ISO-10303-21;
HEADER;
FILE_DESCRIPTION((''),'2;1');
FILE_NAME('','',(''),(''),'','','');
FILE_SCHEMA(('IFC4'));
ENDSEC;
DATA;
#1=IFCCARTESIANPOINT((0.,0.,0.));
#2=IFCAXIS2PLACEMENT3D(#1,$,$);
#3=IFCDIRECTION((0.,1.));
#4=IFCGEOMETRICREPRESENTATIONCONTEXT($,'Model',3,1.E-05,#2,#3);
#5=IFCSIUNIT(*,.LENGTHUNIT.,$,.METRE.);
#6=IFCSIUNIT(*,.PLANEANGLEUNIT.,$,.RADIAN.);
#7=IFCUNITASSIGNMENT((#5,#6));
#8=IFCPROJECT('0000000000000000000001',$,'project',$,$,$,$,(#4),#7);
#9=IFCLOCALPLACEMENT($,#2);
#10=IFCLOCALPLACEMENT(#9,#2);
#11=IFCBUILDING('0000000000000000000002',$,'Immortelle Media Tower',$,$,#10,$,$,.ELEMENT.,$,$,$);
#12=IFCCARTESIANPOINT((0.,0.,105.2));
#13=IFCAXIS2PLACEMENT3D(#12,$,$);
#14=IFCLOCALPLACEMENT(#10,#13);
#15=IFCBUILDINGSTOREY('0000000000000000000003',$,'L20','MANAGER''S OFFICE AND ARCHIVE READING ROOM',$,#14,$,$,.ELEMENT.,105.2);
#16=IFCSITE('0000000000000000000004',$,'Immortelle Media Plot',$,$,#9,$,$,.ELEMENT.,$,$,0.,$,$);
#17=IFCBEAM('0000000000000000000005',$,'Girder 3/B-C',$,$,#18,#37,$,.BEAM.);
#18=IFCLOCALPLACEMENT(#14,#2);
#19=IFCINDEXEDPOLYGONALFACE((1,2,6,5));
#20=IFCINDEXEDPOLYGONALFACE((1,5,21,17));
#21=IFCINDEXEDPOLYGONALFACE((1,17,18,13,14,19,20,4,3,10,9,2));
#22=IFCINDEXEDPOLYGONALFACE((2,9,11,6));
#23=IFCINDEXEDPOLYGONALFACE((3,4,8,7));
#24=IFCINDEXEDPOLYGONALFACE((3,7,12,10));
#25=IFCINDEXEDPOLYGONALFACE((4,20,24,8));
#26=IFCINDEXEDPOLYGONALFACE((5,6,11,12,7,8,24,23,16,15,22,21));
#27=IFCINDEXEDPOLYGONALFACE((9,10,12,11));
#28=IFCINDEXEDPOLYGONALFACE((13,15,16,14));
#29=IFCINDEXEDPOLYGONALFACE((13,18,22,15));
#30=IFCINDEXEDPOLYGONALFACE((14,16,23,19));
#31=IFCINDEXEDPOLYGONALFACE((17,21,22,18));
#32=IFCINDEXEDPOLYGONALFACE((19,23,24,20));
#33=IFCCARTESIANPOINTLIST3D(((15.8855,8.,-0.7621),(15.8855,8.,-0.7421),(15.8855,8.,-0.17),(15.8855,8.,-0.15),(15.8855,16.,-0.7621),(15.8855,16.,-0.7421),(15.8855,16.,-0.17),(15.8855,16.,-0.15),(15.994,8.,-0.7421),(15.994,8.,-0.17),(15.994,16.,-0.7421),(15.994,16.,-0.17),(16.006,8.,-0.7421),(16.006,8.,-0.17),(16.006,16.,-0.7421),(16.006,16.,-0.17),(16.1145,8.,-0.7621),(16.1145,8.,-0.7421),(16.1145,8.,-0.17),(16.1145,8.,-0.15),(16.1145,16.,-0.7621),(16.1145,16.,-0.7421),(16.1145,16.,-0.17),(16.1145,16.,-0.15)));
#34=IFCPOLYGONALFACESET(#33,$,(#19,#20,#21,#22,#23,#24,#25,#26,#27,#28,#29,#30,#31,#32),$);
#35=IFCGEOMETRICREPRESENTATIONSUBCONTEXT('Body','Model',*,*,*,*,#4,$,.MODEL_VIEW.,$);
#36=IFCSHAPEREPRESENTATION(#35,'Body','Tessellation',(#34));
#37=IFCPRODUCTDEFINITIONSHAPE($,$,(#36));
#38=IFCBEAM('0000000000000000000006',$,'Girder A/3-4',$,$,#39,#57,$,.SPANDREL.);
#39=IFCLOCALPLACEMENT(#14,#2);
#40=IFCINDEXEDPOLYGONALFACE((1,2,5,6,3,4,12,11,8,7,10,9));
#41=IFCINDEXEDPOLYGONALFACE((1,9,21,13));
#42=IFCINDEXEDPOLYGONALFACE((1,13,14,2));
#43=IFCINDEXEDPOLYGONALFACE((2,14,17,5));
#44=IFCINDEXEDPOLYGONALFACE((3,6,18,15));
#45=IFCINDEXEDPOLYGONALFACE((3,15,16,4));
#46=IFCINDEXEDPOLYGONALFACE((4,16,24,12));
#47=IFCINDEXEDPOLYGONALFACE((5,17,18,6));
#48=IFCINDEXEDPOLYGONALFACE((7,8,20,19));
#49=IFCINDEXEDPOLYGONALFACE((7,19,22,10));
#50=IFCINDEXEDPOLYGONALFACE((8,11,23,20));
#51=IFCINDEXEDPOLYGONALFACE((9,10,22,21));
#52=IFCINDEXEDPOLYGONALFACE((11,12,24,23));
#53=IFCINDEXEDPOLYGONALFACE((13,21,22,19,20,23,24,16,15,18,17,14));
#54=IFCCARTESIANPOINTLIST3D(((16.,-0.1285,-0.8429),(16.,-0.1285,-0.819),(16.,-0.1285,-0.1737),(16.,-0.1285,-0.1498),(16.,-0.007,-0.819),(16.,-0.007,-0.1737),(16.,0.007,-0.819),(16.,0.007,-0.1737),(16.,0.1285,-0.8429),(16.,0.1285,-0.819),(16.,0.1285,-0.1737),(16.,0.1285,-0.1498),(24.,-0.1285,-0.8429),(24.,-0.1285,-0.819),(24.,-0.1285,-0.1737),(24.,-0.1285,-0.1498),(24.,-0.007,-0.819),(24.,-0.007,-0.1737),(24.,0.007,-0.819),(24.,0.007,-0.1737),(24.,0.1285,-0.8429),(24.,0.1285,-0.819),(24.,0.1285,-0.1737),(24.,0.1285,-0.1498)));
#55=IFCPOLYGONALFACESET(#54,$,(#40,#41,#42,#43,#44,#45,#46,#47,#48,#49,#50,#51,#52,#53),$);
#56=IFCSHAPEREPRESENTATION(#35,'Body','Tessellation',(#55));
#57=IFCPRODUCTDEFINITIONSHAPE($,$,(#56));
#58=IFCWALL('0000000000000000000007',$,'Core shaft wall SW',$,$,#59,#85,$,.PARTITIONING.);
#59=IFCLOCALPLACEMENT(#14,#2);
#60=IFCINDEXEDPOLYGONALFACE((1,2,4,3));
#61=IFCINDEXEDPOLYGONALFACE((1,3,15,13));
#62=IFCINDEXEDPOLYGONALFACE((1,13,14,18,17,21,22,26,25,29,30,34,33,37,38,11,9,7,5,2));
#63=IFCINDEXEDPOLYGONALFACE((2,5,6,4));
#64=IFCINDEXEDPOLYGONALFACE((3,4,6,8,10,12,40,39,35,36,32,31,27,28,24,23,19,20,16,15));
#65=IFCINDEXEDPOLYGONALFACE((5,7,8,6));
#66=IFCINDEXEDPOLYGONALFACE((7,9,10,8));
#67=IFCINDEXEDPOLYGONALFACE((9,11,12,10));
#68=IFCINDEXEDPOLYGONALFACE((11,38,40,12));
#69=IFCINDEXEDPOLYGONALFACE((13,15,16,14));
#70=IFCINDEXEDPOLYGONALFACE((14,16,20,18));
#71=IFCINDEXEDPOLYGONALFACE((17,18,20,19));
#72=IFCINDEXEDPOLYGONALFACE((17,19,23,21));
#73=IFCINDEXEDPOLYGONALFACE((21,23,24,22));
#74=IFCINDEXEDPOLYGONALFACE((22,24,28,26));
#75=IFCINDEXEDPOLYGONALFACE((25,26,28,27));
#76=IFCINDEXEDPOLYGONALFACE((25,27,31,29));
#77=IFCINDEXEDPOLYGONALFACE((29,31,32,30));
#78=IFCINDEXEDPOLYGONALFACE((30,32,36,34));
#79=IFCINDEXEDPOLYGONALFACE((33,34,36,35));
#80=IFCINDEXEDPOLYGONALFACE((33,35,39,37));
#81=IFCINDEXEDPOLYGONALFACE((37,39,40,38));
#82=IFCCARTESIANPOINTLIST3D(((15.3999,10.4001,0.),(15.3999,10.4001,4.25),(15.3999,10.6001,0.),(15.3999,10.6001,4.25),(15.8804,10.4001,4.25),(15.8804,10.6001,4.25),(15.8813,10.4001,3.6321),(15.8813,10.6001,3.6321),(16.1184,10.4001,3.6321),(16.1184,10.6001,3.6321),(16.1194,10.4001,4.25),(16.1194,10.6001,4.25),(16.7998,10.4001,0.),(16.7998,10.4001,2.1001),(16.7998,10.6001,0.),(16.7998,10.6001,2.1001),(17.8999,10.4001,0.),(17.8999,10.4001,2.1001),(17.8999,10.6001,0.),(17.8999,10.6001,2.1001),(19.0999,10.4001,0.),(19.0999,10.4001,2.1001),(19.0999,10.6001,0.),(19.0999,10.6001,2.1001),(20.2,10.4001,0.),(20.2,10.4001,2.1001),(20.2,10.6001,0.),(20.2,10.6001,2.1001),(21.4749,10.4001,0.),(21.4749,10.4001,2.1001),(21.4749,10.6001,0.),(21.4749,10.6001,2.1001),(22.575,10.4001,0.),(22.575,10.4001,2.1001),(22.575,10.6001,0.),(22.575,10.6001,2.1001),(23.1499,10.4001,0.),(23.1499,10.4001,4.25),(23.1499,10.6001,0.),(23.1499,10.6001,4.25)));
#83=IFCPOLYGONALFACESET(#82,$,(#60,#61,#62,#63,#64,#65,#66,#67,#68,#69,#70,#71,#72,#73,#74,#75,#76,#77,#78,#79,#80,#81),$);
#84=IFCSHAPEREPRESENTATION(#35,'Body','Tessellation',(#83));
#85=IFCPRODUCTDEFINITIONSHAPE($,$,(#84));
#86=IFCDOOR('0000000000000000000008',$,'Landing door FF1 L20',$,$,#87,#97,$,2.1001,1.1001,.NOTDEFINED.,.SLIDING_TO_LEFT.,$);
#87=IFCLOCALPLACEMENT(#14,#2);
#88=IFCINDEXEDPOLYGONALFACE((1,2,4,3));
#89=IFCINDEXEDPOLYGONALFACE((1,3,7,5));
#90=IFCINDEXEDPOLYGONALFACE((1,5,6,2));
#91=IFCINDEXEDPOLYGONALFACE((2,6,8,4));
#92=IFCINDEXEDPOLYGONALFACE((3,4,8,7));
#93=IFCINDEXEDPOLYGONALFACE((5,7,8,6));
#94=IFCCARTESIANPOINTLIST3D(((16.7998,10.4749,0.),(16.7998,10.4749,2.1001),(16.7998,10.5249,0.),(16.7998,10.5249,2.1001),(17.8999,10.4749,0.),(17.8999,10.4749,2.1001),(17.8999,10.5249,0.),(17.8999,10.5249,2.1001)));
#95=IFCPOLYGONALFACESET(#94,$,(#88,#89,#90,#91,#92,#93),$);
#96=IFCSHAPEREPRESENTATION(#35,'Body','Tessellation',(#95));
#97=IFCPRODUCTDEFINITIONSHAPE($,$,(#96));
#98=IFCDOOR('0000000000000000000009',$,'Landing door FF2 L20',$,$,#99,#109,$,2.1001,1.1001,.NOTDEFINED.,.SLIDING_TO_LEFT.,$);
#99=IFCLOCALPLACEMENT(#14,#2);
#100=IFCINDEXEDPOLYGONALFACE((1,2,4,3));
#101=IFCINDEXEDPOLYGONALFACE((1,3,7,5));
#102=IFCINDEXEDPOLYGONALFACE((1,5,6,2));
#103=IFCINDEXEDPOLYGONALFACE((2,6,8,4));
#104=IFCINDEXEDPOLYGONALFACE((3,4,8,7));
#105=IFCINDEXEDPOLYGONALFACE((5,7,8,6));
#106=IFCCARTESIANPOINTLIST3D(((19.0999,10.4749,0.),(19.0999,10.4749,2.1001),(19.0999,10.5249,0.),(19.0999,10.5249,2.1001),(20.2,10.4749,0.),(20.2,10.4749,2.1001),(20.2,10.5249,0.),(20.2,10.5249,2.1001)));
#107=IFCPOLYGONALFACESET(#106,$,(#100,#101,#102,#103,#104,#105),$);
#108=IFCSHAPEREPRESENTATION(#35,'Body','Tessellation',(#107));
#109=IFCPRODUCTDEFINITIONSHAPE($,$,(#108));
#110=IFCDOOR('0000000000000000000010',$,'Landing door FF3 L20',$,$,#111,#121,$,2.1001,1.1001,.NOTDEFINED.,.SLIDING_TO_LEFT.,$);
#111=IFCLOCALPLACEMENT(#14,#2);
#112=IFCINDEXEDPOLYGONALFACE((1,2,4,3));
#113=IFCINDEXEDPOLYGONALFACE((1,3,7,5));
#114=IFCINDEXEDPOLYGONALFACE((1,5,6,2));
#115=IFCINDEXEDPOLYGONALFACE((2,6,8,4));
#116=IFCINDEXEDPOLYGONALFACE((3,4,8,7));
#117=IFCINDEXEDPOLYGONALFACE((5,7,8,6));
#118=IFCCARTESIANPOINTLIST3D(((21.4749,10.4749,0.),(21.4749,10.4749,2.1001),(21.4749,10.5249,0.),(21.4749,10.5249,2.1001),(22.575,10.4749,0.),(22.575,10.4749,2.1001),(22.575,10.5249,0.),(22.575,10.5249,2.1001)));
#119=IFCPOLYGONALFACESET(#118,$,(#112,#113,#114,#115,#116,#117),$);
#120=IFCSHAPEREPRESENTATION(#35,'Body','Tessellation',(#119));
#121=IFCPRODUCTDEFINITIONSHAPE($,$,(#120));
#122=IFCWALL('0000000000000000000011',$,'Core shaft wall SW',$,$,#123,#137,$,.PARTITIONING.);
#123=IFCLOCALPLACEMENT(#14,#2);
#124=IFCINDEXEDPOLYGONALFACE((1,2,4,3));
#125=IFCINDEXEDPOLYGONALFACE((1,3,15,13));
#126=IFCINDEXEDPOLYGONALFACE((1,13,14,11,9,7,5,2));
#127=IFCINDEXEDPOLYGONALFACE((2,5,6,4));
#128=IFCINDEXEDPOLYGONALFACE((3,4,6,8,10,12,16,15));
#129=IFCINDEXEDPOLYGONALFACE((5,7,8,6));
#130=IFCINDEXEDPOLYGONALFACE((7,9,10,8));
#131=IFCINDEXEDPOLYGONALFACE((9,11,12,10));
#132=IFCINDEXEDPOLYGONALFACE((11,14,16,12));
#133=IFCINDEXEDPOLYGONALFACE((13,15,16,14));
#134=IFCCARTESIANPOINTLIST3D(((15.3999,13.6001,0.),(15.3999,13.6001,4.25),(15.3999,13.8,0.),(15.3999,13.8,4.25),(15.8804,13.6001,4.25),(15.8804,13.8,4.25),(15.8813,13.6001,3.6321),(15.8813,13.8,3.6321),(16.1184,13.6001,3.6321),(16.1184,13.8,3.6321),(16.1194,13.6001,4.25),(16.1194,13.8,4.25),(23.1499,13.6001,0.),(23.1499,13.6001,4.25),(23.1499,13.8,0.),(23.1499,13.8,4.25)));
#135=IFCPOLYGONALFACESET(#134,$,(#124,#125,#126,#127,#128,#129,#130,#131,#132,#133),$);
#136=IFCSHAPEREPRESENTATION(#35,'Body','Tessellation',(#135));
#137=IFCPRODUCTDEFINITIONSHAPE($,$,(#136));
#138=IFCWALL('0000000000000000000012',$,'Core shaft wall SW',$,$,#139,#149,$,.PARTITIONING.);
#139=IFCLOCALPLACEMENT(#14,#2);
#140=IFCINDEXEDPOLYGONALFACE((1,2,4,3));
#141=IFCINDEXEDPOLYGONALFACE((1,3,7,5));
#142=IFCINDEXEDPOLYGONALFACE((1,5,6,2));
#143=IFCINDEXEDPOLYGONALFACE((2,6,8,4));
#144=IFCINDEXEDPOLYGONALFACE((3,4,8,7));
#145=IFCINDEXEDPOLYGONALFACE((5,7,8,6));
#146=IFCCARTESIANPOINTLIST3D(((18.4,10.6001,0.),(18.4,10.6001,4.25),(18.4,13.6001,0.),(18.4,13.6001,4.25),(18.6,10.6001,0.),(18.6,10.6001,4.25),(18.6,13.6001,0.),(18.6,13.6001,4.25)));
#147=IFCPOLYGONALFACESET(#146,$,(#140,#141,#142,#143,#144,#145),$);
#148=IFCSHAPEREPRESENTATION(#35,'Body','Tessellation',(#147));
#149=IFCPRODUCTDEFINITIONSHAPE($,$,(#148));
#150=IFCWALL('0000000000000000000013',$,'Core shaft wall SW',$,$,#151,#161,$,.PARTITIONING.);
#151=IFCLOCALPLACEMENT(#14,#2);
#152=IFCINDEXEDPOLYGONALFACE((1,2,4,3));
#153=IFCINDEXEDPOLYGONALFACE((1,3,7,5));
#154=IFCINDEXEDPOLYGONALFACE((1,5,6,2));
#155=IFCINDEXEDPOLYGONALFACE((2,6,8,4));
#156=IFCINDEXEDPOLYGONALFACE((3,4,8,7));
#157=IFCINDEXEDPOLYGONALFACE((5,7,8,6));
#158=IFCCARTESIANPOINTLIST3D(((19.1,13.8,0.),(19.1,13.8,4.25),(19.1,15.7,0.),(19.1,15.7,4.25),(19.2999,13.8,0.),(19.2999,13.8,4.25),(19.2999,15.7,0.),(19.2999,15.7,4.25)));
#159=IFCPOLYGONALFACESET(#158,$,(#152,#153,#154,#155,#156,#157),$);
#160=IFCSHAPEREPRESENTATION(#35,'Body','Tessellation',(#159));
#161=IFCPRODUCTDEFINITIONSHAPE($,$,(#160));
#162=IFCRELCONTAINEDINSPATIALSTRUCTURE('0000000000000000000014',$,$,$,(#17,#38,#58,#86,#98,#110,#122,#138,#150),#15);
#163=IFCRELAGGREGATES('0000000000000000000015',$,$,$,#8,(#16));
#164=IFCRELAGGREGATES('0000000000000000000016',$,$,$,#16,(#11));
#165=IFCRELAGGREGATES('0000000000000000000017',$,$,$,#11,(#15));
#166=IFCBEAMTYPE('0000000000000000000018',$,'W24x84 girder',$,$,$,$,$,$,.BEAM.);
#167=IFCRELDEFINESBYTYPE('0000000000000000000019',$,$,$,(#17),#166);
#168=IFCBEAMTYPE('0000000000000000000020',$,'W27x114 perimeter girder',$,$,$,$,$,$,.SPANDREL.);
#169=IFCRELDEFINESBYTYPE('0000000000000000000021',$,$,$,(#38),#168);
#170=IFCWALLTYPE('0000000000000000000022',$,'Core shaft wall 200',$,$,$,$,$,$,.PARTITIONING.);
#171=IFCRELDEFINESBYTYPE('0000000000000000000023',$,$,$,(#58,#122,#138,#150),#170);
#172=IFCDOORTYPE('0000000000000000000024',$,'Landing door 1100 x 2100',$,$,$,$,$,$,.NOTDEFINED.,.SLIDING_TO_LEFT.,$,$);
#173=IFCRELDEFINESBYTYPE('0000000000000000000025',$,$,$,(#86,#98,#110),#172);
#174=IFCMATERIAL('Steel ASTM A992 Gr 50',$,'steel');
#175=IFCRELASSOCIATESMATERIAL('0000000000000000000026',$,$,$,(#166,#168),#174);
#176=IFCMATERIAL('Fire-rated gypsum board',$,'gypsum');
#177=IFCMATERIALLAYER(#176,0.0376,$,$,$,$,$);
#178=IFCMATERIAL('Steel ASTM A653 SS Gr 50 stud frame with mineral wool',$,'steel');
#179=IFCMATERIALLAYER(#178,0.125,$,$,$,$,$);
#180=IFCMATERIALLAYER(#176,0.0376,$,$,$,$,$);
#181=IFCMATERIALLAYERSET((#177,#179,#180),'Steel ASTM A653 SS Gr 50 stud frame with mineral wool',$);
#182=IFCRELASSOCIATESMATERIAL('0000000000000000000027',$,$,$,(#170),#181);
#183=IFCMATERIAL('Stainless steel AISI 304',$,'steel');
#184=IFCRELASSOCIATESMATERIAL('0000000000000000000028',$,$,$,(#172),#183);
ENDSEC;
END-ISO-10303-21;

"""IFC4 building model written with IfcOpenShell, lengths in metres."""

from ifc_helpers import new_model, si_unit, direction, frame, frame_2d, origin, origin_2d, place, context, subcontext, project, spatial, polyline, rectangle, i_section, outline, extrude, material, layer, layer_set, material_profile, profile_set, type_object, element, fill, save


model = new_model("IFC4")

# Units and contexts
model_context = context("Model", 3, precision=1e-05, world=origin(), true_north=direction((0.0, 1.0)))
body_context = subcontext(model_context, "Body", "Model", "MODEL_VIEW")
ifc_project = project(units=[si_unit("LENGTHUNIT", "METRE"), si_unit("PLANEANGLEUNIT", "RADIAN")], contexts=[model_context])

# Site, building, storey
site_placement = place(None, origin())
site = spatial("IfcSite", under=ifc_project, at=site_placement, Name="Immortelle Media Plot", CompositionType="ELEMENT", RefElevation=0.0)
building_placement = place(site_placement, origin())
building = spatial("IfcBuilding", under=site, at=building_placement, Name="Immortelle Media Tower", CompositionType="ELEMENT")
storey_placement = place(building_placement, frame((0.0, 0.0, 105.2)))
storey = spatial("IfcBuildingStorey", under=building, at=storey_placement, Name="L20", Description="MANAGER'S OFFICE AND ARCHIVE READING ROOM", CompositionType="ELEMENT", Elevation=105.2)

# Shared definitions
ifc_material_1 = material(Name="Steel ASTM A992 Gr 50", Category="steel")

# Beams
ifc_material_profile_1 = material_profile(ifc_material_1, i_section(OverallWidth=0.229, OverallDepth=0.6121, WebThickness=0.012, FlangeThickness=0.02, at=origin_2d()), Name="W24x84")
ifc_profile_set_1 = profile_set([ifc_material_profile_1], Name="Steel ASTM A992 Gr 50")
beam_type_1 = type_object("IfcBeamType", Name="W24x84 girder", PredefinedType="BEAM", material=ifc_profile_set_1)
for number, where, z_axis, x_axis, name in (
    (1, (16.0, 8.0, -0.4561), (0.0, 1.0, 0.0), (-1.0, 0.0, 0.0), "Girder 3/B-C"),
):
    element("IfcBeam", number, at=place(storey_placement, frame(where, z_axis=z_axis, x_axis=x_axis)), inside=storey, type_object=beam_type_1, Name=name, PredefinedType="BEAM", context=body_context, shape_type="SweptSolid", body=[
        extrude(i_section(OverallWidth=0.229, OverallDepth=0.6121, WebThickness=0.012, FlangeThickness=0.02, at=origin_2d()), origin(), (0.0, 0.0, 1.0), 8.0),
    ])
ifc_material_profile_2 = material_profile(ifc_material_1, i_section(OverallWidth=0.2571, OverallDepth=0.6931, WebThickness=0.0139, FlangeThickness=0.0239, at=origin_2d()), Name="W27x114")
ifc_profile_set_2 = profile_set([ifc_material_profile_2], Name="Steel ASTM A992 Gr 50")
beam_type_2 = type_object("IfcBeamType", Name="W27x114 perimeter girder", PredefinedType="SPANDREL", material=ifc_profile_set_2)
beam_1_placement = place(storey_placement, frame((16.0, 0.0, -0.4963), z_axis=(1.0, 0.0, 0.0), x_axis=(0.0, 1.0, 0.0)))
element("IfcBeam", 2, at=beam_1_placement, inside=storey, type_object=beam_type_2, Name="Girder A/3-4", PredefinedType="SPANDREL", context=body_context, shape_type="SweptSolid", body=[
    extrude(i_section(OverallWidth=0.2571, OverallDepth=0.6931, WebThickness=0.0139, FlangeThickness=0.0239, at=origin_2d()), origin(), (0.0, 0.0, 1.0), 8.0),
])

# Wall, openings, doors
ifc_material_2 = material(Name="Fire-rated gypsum board", Category="gypsum")
ifc_layer_1 = layer(ifc_material_2, 0.0376)
ifc_material_3 = material(Name="Steel ASTM A653 SS Gr 50 stud frame with mineral wool", Category="steel")
ifc_layer_2 = layer(ifc_material_3, 0.125)
ifc_layer_3 = layer(ifc_material_2, 0.0376)
ifc_layer_set_1 = layer_set([ifc_layer_1, ifc_layer_2, ifc_layer_3], Name="Steel ASTM A653 SS Gr 50 stud frame with mineral wool")
wall_type_1 = type_object("IfcWallType", Name="Core shaft wall 200", PredefinedType="PARTITIONING", material=ifc_layer_set_1)
wall_1_placement = place(storey_placement, frame((15.3999, 10.5, 0.0), z_axis=(0.0, 0.0, 1.0), x_axis=(1.0, 0.0, 0.0)))
wall_1 = element("IfcWall", 3, at=wall_1_placement, inside=storey, type_object=wall_type_1, Name="Core shaft wall SW", PredefinedType="PARTITIONING", context=body_context, shape_type="SweptSolid", body=[
    extrude(outline(polyline([(0.0, 0.0), (7.75, 0.0), (7.75, 4.25), (0.7195, 4.25), (0.7185, 3.6321), (0.4814, 3.6321), (0.4805, 4.25), (0.0, 4.25), (0.0, 0.0)])), frame((0.0, 0.1001, 0.0), z_axis=(0.0, -1.0, 0.0), x_axis=(1.0, 0.0, 0.0)), (0.0, 0.0, 1.0), 0.2),
])
opening_1_placement = place(wall_1_placement, frame((1.3999, 0.0, 0.0)))
opening_1 = element("IfcOpeningElement", 4, at=opening_1_placement, cuts=wall_1, PredefinedType="OPENING", context=body_context, shape_type="SweptSolid", body=[
    extrude(rectangle(XDim=1.1001, YDim=2.1001, at=frame_2d((0.55, 1.05))), frame((0.0, 0.1099, 0.0), z_axis=(0.0, -1.0, 0.0), x_axis=(1.0, 0.0, 0.0)), (0.0, 0.0, 1.0), 0.22),
])
opening_2_placement = place(wall_1_placement, frame((3.7, 0.0, 0.0)))
opening_2 = element("IfcOpeningElement", 5, at=opening_2_placement, cuts=wall_1, PredefinedType="OPENING", context=body_context, shape_type="SweptSolid", body=[
    extrude(rectangle(XDim=1.1001, YDim=2.1001, at=frame_2d((0.55, 1.05))), frame((0.0, 0.1099, 0.0), z_axis=(0.0, -1.0, 0.0), x_axis=(1.0, 0.0, 0.0)), (0.0, 0.0, 1.0), 0.22),
])
opening_3_placement = place(wall_1_placement, frame((6.075, 0.0, 0.0)))
opening_3 = element("IfcOpeningElement", 6, at=opening_3_placement, cuts=wall_1, PredefinedType="OPENING", context=body_context, shape_type="SweptSolid", body=[
    extrude(rectangle(XDim=1.1001, YDim=2.1001, at=frame_2d((0.55, 1.05))), frame((0.0, 0.1099, 0.0), z_axis=(0.0, -1.0, 0.0), x_axis=(1.0, 0.0, 0.0)), (0.0, 0.0, 1.0), 0.22),
])
ifc_material_4 = material(Name="Stainless steel AISI 304", Category="steel")
door_type_1 = type_object("IfcDoorType", Name="Landing door 1100 x 2100", OperationType="SLIDING_TO_LEFT", PredefinedType="NOTDEFINED", material=ifc_material_4)
door_1_placement = place(opening_1_placement, origin())
door_1 = element("IfcDoor", 7, at=door_1_placement, inside=storey, type_object=door_type_1, Name="Landing door FF1 L20", OperationType="SLIDING_TO_LEFT", OverallHeight=2.1001, OverallWidth=1.1001, PredefinedType="NOTDEFINED", context=body_context, shape_type="SweptSolid", body=[
    extrude(rectangle(XDim=1.1001, YDim=2.1001, at=frame_2d((0.55, 1.05))), frame((0.0, 0.0249, 0.0), z_axis=(0.0, -1.0, 0.0), x_axis=(1.0, 0.0, 0.0)), (0.0, 0.0, 1.0), 0.05),
])
fill(opening_1, door_1)
door_2_placement = place(opening_2_placement, origin())
door_2 = element("IfcDoor", 8, at=door_2_placement, inside=storey, type_object=door_type_1, Name="Landing door FF2 L20", OperationType="SLIDING_TO_LEFT", OverallHeight=2.1001, OverallWidth=1.1001, PredefinedType="NOTDEFINED", context=body_context, shape_type="SweptSolid", body=[
    extrude(rectangle(XDim=1.1001, YDim=2.1001, at=frame_2d((0.55, 1.05))), frame((0.0, 0.0249, 0.0), z_axis=(0.0, -1.0, 0.0), x_axis=(1.0, 0.0, 0.0)), (0.0, 0.0, 1.0), 0.05),
])
fill(opening_2, door_2)
door_3_placement = place(opening_3_placement, origin())
door_3 = element("IfcDoor", 9, at=door_3_placement, inside=storey, type_object=door_type_1, Name="Landing door FF3 L20", OperationType="SLIDING_TO_LEFT", OverallHeight=2.1001, OverallWidth=1.1001, PredefinedType="NOTDEFINED", context=body_context, shape_type="SweptSolid", body=[
    extrude(rectangle(XDim=1.1001, YDim=2.1001, at=frame_2d((0.55, 1.05))), frame((0.0, 0.0249, 0.0), z_axis=(0.0, -1.0, 0.0), x_axis=(1.0, 0.0, 0.0)), (0.0, 0.0, 1.0), 0.05),
])
fill(opening_3, door_3)

# Walls
wall_2_placement = place(storey_placement, frame((15.3999, 13.7, 0.0), z_axis=(0.0, 0.0, 1.0), x_axis=(1.0, 0.0, 0.0)))
element("IfcWall", 10, at=wall_2_placement, inside=storey, type_object=wall_type_1, Name="Core shaft wall SW", PredefinedType="PARTITIONING", context=body_context, shape_type="SweptSolid", body=[
    extrude(outline(polyline([(0.0, 0.0), (7.75, 0.0), (7.75, 4.25), (0.7195, 4.25), (0.7185, 3.6321), (0.4814, 3.6321), (0.4805, 4.25), (0.0, 4.25), (0.0, 0.0)])), frame((0.0, 0.1001, 0.0), z_axis=(0.0, -1.0, 0.0), x_axis=(1.0, 0.0, 0.0)), (0.0, 0.0, 1.0), 0.2),
])
wall_3_placement = place(storey_placement, frame((18.5, 10.6001, 0.0), z_axis=(0.0, 0.0, 1.0), x_axis=(0.0, 1.0, 0.0)))
element("IfcWall", 11, at=wall_3_placement, inside=storey, type_object=wall_type_1, Name="Core shaft wall SW", PredefinedType="PARTITIONING", context=body_context, shape_type="SweptSolid", body=[
    extrude(rectangle(XDim=3.0, YDim=0.2, at=frame_2d((1.5, 0.0))), origin(), (0.0, 0.0, 1.0), 4.25),
])
wall_4_placement = place(storey_placement, frame((19.2, 13.8, 0.0), z_axis=(0.0, 0.0, 1.0), x_axis=(0.0, 1.0, 0.0)))
element("IfcWall", 12, at=wall_4_placement, inside=storey, type_object=wall_type_1, Name="Core shaft wall SW", PredefinedType="PARTITIONING", context=body_context, shape_type="SweptSolid", body=[
    extrude(rectangle(XDim=1.8999, YDim=0.2, at=frame_2d((0.95, 0.0))), origin(), (0.0, 0.0, 1.0), 4.25),
])

save(model, "model.ifc")
